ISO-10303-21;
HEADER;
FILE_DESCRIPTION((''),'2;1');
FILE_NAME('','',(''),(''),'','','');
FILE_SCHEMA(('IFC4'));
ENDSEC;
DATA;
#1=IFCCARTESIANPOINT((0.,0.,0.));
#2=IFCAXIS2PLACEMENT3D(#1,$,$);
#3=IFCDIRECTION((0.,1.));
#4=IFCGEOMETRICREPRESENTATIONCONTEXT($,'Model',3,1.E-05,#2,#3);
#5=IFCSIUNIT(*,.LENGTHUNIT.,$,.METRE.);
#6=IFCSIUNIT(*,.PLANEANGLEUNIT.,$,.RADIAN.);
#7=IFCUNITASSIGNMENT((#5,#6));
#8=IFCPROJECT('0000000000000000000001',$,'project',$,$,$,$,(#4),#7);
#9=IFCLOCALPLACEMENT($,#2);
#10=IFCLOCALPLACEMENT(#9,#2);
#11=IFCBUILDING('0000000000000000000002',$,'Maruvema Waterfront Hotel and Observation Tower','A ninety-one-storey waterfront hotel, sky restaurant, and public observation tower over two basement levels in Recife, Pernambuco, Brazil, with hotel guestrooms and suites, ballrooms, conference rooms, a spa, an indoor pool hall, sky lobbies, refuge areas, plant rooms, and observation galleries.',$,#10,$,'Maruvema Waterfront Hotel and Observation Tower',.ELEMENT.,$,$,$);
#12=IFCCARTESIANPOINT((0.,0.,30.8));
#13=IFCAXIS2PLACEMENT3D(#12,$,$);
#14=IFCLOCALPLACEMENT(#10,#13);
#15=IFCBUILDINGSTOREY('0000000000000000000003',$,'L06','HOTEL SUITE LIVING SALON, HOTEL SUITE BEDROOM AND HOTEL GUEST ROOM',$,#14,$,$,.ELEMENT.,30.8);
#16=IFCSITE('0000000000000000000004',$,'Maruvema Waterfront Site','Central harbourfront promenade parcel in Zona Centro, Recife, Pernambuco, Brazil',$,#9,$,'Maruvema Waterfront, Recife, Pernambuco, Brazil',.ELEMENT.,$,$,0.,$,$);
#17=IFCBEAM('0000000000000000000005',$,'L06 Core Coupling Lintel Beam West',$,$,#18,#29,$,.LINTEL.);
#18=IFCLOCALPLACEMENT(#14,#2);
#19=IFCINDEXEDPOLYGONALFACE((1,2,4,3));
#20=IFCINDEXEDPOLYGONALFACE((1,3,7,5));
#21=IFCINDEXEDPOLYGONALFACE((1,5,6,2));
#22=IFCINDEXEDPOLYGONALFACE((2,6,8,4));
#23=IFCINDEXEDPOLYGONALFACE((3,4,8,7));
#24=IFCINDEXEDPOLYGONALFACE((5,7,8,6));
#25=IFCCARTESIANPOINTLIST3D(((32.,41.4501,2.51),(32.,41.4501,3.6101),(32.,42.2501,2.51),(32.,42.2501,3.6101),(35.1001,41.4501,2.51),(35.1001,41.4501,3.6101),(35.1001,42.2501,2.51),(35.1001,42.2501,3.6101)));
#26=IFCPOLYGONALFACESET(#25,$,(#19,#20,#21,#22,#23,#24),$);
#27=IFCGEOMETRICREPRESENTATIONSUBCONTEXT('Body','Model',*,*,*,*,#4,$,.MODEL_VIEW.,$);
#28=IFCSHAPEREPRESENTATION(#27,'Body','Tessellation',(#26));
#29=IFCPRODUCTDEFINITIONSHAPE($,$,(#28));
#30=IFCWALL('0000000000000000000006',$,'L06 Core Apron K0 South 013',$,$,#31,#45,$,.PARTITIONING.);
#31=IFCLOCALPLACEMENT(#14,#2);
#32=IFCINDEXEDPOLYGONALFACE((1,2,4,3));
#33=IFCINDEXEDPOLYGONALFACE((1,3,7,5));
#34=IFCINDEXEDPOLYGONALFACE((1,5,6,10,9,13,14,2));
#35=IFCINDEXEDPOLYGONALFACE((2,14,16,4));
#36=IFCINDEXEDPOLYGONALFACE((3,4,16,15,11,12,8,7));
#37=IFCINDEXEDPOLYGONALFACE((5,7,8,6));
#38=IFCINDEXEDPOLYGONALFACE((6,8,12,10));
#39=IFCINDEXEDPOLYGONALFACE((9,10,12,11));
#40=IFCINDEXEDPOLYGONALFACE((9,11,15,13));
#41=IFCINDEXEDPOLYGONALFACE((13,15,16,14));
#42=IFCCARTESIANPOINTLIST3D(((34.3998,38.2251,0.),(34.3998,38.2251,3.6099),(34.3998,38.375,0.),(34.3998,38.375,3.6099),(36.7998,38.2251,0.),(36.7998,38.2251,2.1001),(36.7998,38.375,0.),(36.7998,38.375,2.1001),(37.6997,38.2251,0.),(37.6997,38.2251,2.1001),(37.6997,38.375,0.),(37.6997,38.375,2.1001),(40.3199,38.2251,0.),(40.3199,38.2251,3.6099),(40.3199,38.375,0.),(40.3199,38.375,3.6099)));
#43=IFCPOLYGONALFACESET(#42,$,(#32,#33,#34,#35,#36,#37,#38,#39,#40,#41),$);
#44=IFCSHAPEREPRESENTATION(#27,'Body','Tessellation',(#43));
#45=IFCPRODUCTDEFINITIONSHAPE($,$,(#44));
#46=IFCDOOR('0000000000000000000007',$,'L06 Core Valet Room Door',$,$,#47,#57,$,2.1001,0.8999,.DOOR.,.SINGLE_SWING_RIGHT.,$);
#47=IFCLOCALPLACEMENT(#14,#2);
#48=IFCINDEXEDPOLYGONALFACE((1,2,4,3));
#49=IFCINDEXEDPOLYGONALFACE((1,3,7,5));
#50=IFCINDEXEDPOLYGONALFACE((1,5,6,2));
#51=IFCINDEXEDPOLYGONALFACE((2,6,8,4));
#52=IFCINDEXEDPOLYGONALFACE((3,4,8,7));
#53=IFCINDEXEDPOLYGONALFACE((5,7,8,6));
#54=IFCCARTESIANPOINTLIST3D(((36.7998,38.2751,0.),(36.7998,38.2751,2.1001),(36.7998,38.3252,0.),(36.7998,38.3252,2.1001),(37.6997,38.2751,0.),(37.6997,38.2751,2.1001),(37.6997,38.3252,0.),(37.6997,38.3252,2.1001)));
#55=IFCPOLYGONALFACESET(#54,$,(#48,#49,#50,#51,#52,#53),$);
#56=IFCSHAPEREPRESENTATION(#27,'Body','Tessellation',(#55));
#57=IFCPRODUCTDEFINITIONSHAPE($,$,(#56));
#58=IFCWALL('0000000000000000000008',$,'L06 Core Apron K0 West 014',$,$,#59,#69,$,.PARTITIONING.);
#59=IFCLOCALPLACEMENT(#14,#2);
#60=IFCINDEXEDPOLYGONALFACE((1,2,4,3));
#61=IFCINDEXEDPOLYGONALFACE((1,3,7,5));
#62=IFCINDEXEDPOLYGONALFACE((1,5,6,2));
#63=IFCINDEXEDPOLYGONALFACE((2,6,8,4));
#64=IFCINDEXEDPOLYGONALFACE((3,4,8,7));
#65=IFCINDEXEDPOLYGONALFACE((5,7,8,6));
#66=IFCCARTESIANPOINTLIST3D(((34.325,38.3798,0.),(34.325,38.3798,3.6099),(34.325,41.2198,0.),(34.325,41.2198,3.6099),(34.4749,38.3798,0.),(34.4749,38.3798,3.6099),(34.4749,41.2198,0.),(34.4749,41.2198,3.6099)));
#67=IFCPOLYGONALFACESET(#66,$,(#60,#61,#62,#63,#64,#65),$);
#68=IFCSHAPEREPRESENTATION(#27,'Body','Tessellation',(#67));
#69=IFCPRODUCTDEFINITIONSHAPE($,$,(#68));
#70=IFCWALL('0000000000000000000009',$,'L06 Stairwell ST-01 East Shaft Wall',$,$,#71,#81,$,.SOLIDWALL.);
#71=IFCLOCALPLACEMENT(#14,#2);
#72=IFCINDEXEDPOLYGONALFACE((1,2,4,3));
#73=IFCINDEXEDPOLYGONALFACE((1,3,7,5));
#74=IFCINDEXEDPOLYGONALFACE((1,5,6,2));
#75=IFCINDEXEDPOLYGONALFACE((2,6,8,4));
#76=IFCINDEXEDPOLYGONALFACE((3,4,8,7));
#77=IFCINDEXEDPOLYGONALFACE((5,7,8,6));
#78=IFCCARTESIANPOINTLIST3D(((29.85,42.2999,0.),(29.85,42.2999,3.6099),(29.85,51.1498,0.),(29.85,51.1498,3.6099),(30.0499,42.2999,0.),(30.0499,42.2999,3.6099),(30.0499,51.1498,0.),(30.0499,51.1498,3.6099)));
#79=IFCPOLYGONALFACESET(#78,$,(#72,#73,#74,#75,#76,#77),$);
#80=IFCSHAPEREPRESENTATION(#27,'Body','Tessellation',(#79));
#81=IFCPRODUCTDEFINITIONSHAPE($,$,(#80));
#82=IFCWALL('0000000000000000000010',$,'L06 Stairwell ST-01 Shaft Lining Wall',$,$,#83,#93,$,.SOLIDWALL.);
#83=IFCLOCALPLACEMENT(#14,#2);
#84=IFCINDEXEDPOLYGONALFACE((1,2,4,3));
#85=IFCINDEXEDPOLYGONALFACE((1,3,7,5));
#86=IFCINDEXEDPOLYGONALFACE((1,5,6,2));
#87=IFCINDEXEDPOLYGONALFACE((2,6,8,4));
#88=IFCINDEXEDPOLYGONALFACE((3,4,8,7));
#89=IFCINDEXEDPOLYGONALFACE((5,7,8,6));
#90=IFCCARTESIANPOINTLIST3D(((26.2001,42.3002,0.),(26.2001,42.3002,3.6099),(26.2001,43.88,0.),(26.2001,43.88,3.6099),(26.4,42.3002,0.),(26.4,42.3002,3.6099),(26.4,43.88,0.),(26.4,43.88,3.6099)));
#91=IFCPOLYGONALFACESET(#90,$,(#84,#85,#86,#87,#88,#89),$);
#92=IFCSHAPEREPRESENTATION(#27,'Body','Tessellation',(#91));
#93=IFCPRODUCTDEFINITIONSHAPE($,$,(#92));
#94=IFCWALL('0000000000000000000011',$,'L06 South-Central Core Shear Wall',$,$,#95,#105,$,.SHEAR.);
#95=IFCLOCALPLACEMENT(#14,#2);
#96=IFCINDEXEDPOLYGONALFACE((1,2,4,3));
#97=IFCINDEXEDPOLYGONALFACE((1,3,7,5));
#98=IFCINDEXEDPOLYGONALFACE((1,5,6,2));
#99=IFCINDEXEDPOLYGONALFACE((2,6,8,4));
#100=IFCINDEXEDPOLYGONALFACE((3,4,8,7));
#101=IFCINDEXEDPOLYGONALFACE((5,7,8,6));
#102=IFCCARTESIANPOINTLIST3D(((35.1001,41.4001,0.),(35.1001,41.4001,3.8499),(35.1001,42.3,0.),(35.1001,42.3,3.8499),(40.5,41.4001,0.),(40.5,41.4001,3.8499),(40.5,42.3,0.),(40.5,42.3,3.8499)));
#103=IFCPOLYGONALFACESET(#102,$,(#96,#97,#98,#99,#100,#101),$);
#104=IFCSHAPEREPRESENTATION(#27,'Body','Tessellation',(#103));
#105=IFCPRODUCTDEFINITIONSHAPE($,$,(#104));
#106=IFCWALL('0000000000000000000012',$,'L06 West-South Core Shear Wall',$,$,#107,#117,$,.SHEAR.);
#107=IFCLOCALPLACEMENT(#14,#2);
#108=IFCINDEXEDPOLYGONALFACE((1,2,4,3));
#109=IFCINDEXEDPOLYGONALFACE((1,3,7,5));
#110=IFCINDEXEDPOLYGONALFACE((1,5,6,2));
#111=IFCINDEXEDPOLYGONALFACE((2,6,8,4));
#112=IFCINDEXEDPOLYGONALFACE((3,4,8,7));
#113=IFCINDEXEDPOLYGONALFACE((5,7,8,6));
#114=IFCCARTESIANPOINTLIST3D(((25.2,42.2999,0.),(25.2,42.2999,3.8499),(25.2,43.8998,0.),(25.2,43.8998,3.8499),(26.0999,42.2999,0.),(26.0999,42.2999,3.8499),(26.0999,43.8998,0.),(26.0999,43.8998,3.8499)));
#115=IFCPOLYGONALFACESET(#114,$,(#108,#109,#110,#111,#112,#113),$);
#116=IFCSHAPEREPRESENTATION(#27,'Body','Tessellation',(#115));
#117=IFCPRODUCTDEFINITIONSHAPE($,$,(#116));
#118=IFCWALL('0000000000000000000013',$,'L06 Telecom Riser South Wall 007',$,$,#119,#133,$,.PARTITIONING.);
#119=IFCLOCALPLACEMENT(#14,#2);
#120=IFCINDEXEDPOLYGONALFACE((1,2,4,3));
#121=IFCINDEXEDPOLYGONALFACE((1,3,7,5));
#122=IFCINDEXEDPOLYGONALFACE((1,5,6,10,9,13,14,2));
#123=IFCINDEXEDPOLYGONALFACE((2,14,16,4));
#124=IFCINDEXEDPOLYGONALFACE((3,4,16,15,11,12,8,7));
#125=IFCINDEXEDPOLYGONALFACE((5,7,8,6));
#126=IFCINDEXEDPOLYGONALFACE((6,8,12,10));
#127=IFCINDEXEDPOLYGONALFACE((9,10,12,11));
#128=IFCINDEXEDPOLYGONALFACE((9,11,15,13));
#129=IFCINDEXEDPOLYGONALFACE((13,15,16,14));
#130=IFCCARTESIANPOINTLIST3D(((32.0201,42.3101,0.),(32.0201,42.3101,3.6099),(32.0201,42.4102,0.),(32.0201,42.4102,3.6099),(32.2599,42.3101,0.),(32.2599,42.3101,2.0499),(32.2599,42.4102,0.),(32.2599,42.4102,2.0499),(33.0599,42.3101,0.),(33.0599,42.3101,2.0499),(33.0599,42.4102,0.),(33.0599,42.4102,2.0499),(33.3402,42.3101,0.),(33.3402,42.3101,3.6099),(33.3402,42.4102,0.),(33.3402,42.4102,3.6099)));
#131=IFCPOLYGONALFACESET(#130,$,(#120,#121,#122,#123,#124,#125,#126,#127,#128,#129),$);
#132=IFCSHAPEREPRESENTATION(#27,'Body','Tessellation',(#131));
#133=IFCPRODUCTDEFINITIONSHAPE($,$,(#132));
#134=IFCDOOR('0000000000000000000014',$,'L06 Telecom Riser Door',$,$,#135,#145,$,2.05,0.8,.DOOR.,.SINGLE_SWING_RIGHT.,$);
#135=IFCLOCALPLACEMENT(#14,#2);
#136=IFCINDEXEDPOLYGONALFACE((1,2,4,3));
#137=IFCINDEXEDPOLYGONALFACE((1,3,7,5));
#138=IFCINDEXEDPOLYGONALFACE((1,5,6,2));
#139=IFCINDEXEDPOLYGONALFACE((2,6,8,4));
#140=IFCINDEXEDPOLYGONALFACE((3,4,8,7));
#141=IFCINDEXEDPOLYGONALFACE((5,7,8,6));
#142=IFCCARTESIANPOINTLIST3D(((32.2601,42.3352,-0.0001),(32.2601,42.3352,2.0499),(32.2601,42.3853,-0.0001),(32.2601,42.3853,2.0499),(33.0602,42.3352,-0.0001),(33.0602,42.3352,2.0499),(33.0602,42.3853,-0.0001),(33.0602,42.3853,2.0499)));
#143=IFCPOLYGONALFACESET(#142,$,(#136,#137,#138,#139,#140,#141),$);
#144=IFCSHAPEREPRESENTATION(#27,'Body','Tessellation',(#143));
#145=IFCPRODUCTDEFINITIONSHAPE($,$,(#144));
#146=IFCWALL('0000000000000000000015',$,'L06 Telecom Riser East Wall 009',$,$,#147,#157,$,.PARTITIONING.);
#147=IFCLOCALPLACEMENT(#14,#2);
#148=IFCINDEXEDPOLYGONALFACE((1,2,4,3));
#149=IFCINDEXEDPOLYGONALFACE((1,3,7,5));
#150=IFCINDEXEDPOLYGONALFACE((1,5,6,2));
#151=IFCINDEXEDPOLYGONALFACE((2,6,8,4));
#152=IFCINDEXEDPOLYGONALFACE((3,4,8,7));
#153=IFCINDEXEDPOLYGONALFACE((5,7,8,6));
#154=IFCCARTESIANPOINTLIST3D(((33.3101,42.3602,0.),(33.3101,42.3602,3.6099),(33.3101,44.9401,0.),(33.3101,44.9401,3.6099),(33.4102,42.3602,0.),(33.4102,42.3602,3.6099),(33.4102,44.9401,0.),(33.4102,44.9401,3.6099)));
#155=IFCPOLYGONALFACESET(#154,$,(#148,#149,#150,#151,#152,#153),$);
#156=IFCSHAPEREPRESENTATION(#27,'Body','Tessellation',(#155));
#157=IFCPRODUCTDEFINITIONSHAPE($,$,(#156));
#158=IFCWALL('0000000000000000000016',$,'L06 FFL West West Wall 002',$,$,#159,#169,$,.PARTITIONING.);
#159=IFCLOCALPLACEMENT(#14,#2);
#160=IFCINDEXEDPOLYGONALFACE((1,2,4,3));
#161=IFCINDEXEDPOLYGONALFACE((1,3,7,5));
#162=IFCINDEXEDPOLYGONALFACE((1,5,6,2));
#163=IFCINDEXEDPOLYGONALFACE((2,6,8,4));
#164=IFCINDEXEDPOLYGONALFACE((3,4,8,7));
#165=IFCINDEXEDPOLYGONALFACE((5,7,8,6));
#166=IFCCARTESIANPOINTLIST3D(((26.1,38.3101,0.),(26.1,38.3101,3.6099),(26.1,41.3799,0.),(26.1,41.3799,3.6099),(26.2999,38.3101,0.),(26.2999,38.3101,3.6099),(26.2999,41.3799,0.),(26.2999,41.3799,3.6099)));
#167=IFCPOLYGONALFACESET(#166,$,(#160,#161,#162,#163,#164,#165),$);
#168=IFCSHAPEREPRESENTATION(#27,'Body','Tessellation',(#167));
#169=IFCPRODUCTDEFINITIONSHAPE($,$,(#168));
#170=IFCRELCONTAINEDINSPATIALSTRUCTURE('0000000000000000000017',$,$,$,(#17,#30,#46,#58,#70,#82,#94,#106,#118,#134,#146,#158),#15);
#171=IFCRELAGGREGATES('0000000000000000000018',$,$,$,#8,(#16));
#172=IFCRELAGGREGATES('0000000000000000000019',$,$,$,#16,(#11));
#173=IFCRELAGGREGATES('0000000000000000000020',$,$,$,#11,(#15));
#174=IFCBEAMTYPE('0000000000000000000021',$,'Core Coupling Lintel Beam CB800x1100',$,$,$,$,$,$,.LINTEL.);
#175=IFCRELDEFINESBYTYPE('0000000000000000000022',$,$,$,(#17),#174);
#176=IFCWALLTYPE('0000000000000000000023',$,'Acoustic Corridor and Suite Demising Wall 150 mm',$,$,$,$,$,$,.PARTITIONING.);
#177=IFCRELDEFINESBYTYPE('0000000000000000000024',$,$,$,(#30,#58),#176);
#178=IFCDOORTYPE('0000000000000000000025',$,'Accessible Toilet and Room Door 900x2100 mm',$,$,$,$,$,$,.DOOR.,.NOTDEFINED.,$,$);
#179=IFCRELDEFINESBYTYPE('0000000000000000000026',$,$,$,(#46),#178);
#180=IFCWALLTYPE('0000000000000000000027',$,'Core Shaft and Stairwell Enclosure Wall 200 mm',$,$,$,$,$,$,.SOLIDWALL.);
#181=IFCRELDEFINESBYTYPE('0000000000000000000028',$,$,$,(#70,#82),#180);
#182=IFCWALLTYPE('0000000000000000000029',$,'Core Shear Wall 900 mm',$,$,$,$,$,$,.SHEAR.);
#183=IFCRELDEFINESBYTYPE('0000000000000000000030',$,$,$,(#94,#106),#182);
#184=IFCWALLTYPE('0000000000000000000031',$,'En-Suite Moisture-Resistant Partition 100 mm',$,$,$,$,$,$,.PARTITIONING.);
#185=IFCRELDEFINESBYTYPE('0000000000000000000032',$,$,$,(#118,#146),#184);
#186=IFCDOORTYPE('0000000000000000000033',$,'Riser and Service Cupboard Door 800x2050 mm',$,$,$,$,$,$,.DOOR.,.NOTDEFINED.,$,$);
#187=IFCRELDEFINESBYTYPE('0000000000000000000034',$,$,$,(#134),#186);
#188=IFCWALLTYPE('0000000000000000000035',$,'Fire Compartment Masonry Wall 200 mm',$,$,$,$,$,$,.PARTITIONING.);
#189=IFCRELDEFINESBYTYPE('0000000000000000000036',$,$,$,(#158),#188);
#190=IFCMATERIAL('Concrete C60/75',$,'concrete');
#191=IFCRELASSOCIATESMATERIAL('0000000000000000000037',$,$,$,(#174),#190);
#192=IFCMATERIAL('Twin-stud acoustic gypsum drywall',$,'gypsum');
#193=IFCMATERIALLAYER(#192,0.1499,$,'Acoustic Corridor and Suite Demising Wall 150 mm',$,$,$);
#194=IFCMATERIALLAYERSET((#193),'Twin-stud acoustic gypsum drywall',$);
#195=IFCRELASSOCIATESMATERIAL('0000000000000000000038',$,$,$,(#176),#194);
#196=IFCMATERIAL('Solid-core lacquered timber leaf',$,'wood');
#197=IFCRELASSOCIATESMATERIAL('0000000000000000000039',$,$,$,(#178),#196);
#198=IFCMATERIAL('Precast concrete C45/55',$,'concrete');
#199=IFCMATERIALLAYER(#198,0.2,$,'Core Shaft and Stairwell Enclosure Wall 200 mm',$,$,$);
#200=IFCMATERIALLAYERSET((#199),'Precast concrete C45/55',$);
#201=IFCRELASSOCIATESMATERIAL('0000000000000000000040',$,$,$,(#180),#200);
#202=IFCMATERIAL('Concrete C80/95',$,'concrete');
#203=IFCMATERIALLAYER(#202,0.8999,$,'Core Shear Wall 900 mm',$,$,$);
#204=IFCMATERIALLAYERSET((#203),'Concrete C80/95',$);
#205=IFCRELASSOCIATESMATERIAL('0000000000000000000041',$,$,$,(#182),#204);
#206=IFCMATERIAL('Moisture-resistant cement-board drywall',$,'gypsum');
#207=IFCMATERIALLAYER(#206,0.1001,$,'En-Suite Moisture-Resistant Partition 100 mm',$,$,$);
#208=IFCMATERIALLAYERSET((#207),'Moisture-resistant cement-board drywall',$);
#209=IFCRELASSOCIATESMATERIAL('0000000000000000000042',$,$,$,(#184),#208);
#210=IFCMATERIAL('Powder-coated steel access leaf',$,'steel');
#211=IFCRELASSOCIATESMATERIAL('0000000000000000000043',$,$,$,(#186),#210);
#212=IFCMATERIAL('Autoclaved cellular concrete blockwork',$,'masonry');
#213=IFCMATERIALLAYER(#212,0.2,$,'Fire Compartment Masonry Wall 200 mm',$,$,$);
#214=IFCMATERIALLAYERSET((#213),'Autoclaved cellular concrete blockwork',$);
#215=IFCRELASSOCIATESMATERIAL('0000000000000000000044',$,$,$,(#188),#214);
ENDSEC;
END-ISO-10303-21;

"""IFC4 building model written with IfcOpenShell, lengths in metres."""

from ifc_helpers import new_model, si_unit, direction, frame, frame_2d, origin, origin_2d, place, context, subcontext, project, spatial, rectangle, extrude, material, layer, layer_set, material_profile, profile_set, type_object, element, fill, save


model = new_model("IFC4")

# Units and contexts
model_context = context("Model", 3, precision=1e-05, world=origin(), true_north=direction((0.0, 1.0)))
body_context = subcontext(model_context, "Body", "Model", "MODEL_VIEW")
ifc_project = project(units=[si_unit("LENGTHUNIT", "METRE"), si_unit("PLANEANGLEUNIT", "RADIAN")], contexts=[model_context])

# Site, building, storey
site_placement = place(None, origin())
site = spatial("IfcSite", under=ifc_project, at=site_placement, Name="Maruvema Waterfront Site", Description="Central harbourfront promenade parcel in Zona Centro, Recife, Pernambuco, Brazil", LongName="Maruvema Waterfront, Recife, Pernambuco, Brazil", CompositionType="ELEMENT", RefElevation=0.0)
building_placement = place(site_placement, origin())
building = spatial("IfcBuilding", under=site, at=building_placement, Name="Maruvema Waterfront Hotel and Observation Tower", Description="A ninety-one-storey waterfront hotel, sky restaurant, and public observation tower over two basement levels in Recife, Pernambuco, Brazil, with hotel guestrooms and suites, ballrooms, conference rooms, a spa, an indoor pool hall, sky lobbies, refuge areas, plant rooms, and observation galleries.", LongName="Maruvema Waterfront Hotel and Observation Tower", CompositionType="ELEMENT")
storey_placement = place(building_placement, frame((0.0, 0.0, 30.8)))
storey = spatial("IfcBuildingStorey", under=building, at=storey_placement, Name="L06", Description="HOTEL SUITE LIVING SALON, HOTEL SUITE BEDROOM AND HOTEL GUEST ROOM", CompositionType="ELEMENT", Elevation=30.8)

# Beam
ifc_material_1 = material(Name="Concrete C60/75", Category="concrete")
ifc_material_profile = material_profile(ifc_material_1, rectangle(XDim=0.8, YDim=1.1001, at=origin_2d()), Name="CB800x1100")
ifc_profile_set = profile_set([ifc_material_profile], Name="Concrete C60/75")
beam_type = type_object("IfcBeamType", Name="Core Coupling Lintel Beam CB800x1100", PredefinedType="LINTEL", material=ifc_profile_set)
beam_placement = place(storey_placement, frame((32.0, 41.8501, 3.0601), z_axis=(1.0, 0.0, 0.0), x_axis=(0.0, 1.0, 0.0)))
element("IfcBeam", 1, at=beam_placement, inside=storey, type_object=beam_type, Name="L06 Core Coupling Lintel Beam West", PredefinedType="LINTEL", context=body_context, shape_type="SweptSolid", body=[
    extrude(rectangle(XDim=0.8, YDim=1.1001, at=origin_2d()), origin(), (0.0, 0.0, 1.0), 3.1001),
])

# Wall, opening, door
ifc_material_2 = material(Name="Twin-stud acoustic gypsum drywall", Category="gypsum")
ifc_layer_1 = layer(ifc_material_2, 0.1499, Name="Acoustic Corridor and Suite Demising Wall 150 mm")
ifc_layer_set_1 = layer_set([ifc_layer_1], Name="Twin-stud acoustic gypsum drywall")
wall_type_1 = type_object("IfcWallType", Name="Acoustic Corridor and Suite Demising Wall 150 mm", PredefinedType="PARTITIONING", material=ifc_layer_set_1)
wall_1_placement = place(storey_placement, frame((34.3999, 38.3, 0.0), z_axis=(0.0, 0.0, 1.0), x_axis=(1.0, 0.0, 0.0)))
wall_1 = element("IfcWall", 2, at=wall_1_placement, inside=storey, type_object=wall_type_1, Name="L06 Core Apron K0 South 013", PredefinedType="PARTITIONING", context=body_context, shape_type="SweptSolid", body=[
    extrude(rectangle(XDim=5.9202, YDim=0.1499, at=frame_2d((2.96, 0.0))), origin(), (0.0, 0.0, 1.0), 3.6099),
])
opening_1_placement = place(wall_1_placement, frame((2.3999, 0.0, 0.0)))
opening_1 = element("IfcOpeningElement", 3, at=opening_1_placement, cuts=wall_1, PredefinedType="OPENING", context=body_context, shape_type="SweptSolid", body=[
    extrude(rectangle(XDim=0.8999, YDim=2.1001, at=frame_2d((0.45, 1.05))), frame((0.0, 0.085, 0.0), z_axis=(0.0, -1.0, 0.0), x_axis=(1.0, 0.0, 0.0)), (0.0, 0.0, 1.0), 0.1699),
])
ifc_material_3 = material(Name="Solid-core lacquered timber leaf", Category="wood")
door_type_1 = type_object("IfcDoorType", Name="Accessible Toilet and Room Door 900x2100 mm", OperationType="NOTDEFINED", PredefinedType="DOOR", material=ifc_material_3)
door_1_placement = place(opening_1_placement, frame((0.8999, 0.0, 0.0), z_axis=(0.0, 0.0, 1.0), x_axis=(-1.0, 0.0, 0.0)))
door_1 = element("IfcDoor", 4, at=door_1_placement, inside=storey, type_object=door_type_1, Name="L06 Core Valet Room Door", OperationType="SINGLE_SWING_RIGHT", OverallHeight=2.1001, OverallWidth=0.8999, PredefinedType="DOOR", context=body_context, shape_type="SweptSolid", body=[
    extrude(rectangle(XDim=0.8999, YDim=2.1001, at=frame_2d((0.45, 1.05))), frame((0.0, 0.0249, 0.0), z_axis=(0.0, -1.0, 0.0), x_axis=(1.0, 0.0, 0.0)), (0.0, 0.0, 1.0), 0.05),
])
fill(opening_1, door_1)

# Walls
wall_2_placement = place(storey_placement, frame((34.3999, 38.3799, 0.0), z_axis=(0.0, 0.0, 1.0), x_axis=(0.0, 1.0, 0.0)))
element("IfcWall", 5, at=wall_2_placement, inside=storey, type_object=wall_type_1, Name="L06 Core Apron K0 West 014", PredefinedType="PARTITIONING", context=body_context, shape_type="SweptSolid", body=[
    extrude(rectangle(XDim=2.8401, YDim=0.1499, at=frame_2d((1.4199, 0.0))), origin(), (0.0, 0.0, 1.0), 3.6099),
])
ifc_material_4 = material(Name="Precast concrete C45/55", Category="concrete")
ifc_layer_2 = layer(ifc_material_4, 0.2, Name="Core Shaft and Stairwell Enclosure Wall 200 mm")
ifc_layer_set_2 = layer_set([ifc_layer_2], Name="Precast concrete C45/55")
wall_type_2 = type_object("IfcWallType", Name="Core Shaft and Stairwell Enclosure Wall 200 mm", PredefinedType="SOLIDWALL", material=ifc_layer_set_2)
wall_3_placement = place(storey_placement, frame((29.95, 42.3, 0.0), z_axis=(0.0, 0.0, 1.0), x_axis=(0.0, 1.0, 0.0)))
element("IfcWall", 6, at=wall_3_placement, inside=storey, type_object=wall_type_2, Name="L06 Stairwell ST-01 East Shaft Wall", PredefinedType="SOLIDWALL", context=body_context, shape_type="SweptSolid", body=[
    extrude(rectangle(XDim=8.8499, YDim=0.2, at=frame_2d((4.4248, 0.0))), origin(), (0.0, 0.0, 1.0), 3.6099),
])
wall_4_placement = place(storey_placement, frame((26.3, 42.3, 0.0), z_axis=(0.0, 0.0, 1.0), x_axis=(0.0, 1.0, 0.0)))
element("IfcWall", 7, at=wall_4_placement, inside=storey, type_object=wall_type_2, Name="L06 Stairwell ST-01 Shaft Lining Wall", PredefinedType="SOLIDWALL", context=body_context, shape_type="SweptSolid", body=[
    extrude(rectangle(XDim=1.5798, YDim=0.2, at=frame_2d((0.79, 0.0))), origin(), (0.0, 0.0, 1.0), 3.6099),
])

# Shared definitions
ifc_material_5 = material(Name="Concrete C80/95", Category="concrete")
ifc_layer_3 = layer(ifc_material_5, 0.8999, Name="Core Shear Wall 900 mm")
ifc_layer_set_3 = layer_set([ifc_layer_3], Name="Concrete C80/95")
wall_type_3 = type_object("IfcWallType", Name="Core Shear Wall 900 mm", PredefinedType="SHEAR", material=ifc_layer_set_3)

# Walls
wall_5_placement = place(storey_placement, frame((35.1001, 41.8501, 0.0), z_axis=(0.0, 0.0, 1.0), x_axis=(1.0, 0.0, 0.0)))
element("IfcWall", 8, at=wall_5_placement, inside=storey, type_object=wall_type_3, Name="L06 South-Central Core Shear Wall", PredefinedType="SHEAR", context=body_context, shape_type="SweptSolid", body=[
    extrude(rectangle(XDim=5.3999, YDim=0.8999, at=frame_2d((2.7, 0.0))), origin(), (0.0, 0.0, 1.0), 3.8499),
])
wall_6_placement = place(storey_placement, frame((25.6499, 42.3, 0.0), z_axis=(0.0, 0.0, 1.0), x_axis=(0.0, 1.0, 0.0)))
element("IfcWall", 9, at=wall_6_placement, inside=storey, type_object=wall_type_3, Name="L06 West-South Core Shear Wall", PredefinedType="SHEAR", context=body_context, shape_type="SweptSolid", body=[
    extrude(rectangle(XDim=1.5999, YDim=0.8999, at=frame_2d((0.7998, 0.0))), origin(), (0.0, 0.0, 1.0), 3.8499),
])

# Wall, opening, door
ifc_material_6 = material(Name="Moisture-resistant cement-board drywall", Category="gypsum")
ifc_layer_4 = layer(ifc_material_6, 0.1001, Name="En-Suite Moisture-Resistant Partition 100 mm")
ifc_layer_set_4 = layer_set([ifc_layer_4], Name="Moisture-resistant cement-board drywall")
wall_type_4 = type_object("IfcWallType", Name="En-Suite Moisture-Resistant Partition 100 mm", PredefinedType="PARTITIONING", material=ifc_layer_set_4)
wall_7_placement = place(storey_placement, frame((32.02, 42.3601, 0.0), z_axis=(0.0, 0.0, 1.0), x_axis=(1.0, 0.0, 0.0)))
wall_7 = element("IfcWall", 10, at=wall_7_placement, inside=storey, type_object=wall_type_4, Name="L06 Telecom Riser South Wall 007", PredefinedType="PARTITIONING", context=body_context, shape_type="SweptSolid", body=[
    extrude(rectangle(XDim=1.3201, YDim=0.1001, at=frame_2d((0.6602, 0.0))), origin(), (0.0, 0.0, 1.0), 3.6099),
])
opening_2_placement = place(wall_7_placement, frame((0.24, 0.0, 0.0)))
opening_2 = element("IfcOpeningElement", 11, at=opening_2_placement, cuts=wall_7, PredefinedType="OPENING", context=body_context, shape_type="SweptSolid", body=[
    extrude(rectangle(XDim=0.8, YDim=2.05, at=frame_2d((0.3999, 1.0249))), frame((0.0, 0.0601, 0.0), z_axis=(0.0, -1.0, 0.0), x_axis=(1.0, 0.0, 0.0)), (0.0, 0.0, 1.0), 0.1201),
])
ifc_material_7 = material(Name="Powder-coated steel access leaf", Category="steel")
door_type_2 = type_object("IfcDoorType", Name="Riser and Service Cupboard Door 800x2050 mm", OperationType="NOTDEFINED", PredefinedType="DOOR", material=ifc_material_7)
door_2_placement = place(opening_2_placement, frame((0.8, 0.0, 0.0), z_axis=(0.0, 0.0, 1.0), x_axis=(-1.0, 0.0, 0.0)))
door_2 = element("IfcDoor", 12, at=door_2_placement, inside=storey, type_object=door_type_2, Name="L06 Telecom Riser Door", OperationType="SINGLE_SWING_RIGHT", OverallHeight=2.05, OverallWidth=0.8, PredefinedType="DOOR", context=body_context, shape_type="SweptSolid", body=[
    extrude(rectangle(XDim=0.8, YDim=2.05, at=frame_2d((0.3999, 1.0249))), frame((0.0, 0.0249, 0.0), z_axis=(0.0, -1.0, 0.0), x_axis=(1.0, 0.0, 0.0)), (0.0, 0.0, 1.0), 0.05),
])
fill(opening_2, door_2)

# Walls
wall_8_placement = place(storey_placement, frame((33.3601, 42.3601, 0.0), z_axis=(0.0, 0.0, 1.0), x_axis=(0.0, 1.0, 0.0)))
element("IfcWall", 13, at=wall_8_placement, inside=storey, type_object=wall_type_4, Name="L06 Telecom Riser East Wall 009", PredefinedType="PARTITIONING", context=body_context, shape_type="SweptSolid", body=[
    extrude(rectangle(XDim=2.5798, YDim=0.1001, at=frame_2d((1.29, 0.0))), origin(), (0.0, 0.0, 1.0), 3.6099),
])
ifc_material_8 = material(Name="Autoclaved cellular concrete blockwork", Category="masonry")
ifc_layer_5 = layer(ifc_material_8, 0.2, Name="Fire Compartment Masonry Wall 200 mm")
ifc_layer_set_5 = layer_set([ifc_layer_5], Name="Autoclaved cellular concrete blockwork")
wall_type_5 = type_object("IfcWallType", Name="Fire Compartment Masonry Wall 200 mm", PredefinedType="PARTITIONING", material=ifc_layer_set_5)
for number, where, z_axis, x_axis, name in (
    (14, (26.2, 38.3101, 0.0), (0.0, 0.0, 1.0), (0.0, 1.0, 0.0), "L06 FFL West West Wall 002"),
):
    element("IfcWall", number, at=place(storey_placement, frame(where, z_axis=z_axis, x_axis=x_axis)), inside=storey, type_object=wall_type_5, Name=name, PredefinedType="PARTITIONING", context=body_context, shape_type="SweptSolid", body=[
        extrude(rectangle(XDim=3.0698, YDim=0.2, at=frame_2d((1.5349, 0.0))), origin(), (0.0, 0.0, 1.0), 3.6099),
    ])

save(model, "model.ifc")
